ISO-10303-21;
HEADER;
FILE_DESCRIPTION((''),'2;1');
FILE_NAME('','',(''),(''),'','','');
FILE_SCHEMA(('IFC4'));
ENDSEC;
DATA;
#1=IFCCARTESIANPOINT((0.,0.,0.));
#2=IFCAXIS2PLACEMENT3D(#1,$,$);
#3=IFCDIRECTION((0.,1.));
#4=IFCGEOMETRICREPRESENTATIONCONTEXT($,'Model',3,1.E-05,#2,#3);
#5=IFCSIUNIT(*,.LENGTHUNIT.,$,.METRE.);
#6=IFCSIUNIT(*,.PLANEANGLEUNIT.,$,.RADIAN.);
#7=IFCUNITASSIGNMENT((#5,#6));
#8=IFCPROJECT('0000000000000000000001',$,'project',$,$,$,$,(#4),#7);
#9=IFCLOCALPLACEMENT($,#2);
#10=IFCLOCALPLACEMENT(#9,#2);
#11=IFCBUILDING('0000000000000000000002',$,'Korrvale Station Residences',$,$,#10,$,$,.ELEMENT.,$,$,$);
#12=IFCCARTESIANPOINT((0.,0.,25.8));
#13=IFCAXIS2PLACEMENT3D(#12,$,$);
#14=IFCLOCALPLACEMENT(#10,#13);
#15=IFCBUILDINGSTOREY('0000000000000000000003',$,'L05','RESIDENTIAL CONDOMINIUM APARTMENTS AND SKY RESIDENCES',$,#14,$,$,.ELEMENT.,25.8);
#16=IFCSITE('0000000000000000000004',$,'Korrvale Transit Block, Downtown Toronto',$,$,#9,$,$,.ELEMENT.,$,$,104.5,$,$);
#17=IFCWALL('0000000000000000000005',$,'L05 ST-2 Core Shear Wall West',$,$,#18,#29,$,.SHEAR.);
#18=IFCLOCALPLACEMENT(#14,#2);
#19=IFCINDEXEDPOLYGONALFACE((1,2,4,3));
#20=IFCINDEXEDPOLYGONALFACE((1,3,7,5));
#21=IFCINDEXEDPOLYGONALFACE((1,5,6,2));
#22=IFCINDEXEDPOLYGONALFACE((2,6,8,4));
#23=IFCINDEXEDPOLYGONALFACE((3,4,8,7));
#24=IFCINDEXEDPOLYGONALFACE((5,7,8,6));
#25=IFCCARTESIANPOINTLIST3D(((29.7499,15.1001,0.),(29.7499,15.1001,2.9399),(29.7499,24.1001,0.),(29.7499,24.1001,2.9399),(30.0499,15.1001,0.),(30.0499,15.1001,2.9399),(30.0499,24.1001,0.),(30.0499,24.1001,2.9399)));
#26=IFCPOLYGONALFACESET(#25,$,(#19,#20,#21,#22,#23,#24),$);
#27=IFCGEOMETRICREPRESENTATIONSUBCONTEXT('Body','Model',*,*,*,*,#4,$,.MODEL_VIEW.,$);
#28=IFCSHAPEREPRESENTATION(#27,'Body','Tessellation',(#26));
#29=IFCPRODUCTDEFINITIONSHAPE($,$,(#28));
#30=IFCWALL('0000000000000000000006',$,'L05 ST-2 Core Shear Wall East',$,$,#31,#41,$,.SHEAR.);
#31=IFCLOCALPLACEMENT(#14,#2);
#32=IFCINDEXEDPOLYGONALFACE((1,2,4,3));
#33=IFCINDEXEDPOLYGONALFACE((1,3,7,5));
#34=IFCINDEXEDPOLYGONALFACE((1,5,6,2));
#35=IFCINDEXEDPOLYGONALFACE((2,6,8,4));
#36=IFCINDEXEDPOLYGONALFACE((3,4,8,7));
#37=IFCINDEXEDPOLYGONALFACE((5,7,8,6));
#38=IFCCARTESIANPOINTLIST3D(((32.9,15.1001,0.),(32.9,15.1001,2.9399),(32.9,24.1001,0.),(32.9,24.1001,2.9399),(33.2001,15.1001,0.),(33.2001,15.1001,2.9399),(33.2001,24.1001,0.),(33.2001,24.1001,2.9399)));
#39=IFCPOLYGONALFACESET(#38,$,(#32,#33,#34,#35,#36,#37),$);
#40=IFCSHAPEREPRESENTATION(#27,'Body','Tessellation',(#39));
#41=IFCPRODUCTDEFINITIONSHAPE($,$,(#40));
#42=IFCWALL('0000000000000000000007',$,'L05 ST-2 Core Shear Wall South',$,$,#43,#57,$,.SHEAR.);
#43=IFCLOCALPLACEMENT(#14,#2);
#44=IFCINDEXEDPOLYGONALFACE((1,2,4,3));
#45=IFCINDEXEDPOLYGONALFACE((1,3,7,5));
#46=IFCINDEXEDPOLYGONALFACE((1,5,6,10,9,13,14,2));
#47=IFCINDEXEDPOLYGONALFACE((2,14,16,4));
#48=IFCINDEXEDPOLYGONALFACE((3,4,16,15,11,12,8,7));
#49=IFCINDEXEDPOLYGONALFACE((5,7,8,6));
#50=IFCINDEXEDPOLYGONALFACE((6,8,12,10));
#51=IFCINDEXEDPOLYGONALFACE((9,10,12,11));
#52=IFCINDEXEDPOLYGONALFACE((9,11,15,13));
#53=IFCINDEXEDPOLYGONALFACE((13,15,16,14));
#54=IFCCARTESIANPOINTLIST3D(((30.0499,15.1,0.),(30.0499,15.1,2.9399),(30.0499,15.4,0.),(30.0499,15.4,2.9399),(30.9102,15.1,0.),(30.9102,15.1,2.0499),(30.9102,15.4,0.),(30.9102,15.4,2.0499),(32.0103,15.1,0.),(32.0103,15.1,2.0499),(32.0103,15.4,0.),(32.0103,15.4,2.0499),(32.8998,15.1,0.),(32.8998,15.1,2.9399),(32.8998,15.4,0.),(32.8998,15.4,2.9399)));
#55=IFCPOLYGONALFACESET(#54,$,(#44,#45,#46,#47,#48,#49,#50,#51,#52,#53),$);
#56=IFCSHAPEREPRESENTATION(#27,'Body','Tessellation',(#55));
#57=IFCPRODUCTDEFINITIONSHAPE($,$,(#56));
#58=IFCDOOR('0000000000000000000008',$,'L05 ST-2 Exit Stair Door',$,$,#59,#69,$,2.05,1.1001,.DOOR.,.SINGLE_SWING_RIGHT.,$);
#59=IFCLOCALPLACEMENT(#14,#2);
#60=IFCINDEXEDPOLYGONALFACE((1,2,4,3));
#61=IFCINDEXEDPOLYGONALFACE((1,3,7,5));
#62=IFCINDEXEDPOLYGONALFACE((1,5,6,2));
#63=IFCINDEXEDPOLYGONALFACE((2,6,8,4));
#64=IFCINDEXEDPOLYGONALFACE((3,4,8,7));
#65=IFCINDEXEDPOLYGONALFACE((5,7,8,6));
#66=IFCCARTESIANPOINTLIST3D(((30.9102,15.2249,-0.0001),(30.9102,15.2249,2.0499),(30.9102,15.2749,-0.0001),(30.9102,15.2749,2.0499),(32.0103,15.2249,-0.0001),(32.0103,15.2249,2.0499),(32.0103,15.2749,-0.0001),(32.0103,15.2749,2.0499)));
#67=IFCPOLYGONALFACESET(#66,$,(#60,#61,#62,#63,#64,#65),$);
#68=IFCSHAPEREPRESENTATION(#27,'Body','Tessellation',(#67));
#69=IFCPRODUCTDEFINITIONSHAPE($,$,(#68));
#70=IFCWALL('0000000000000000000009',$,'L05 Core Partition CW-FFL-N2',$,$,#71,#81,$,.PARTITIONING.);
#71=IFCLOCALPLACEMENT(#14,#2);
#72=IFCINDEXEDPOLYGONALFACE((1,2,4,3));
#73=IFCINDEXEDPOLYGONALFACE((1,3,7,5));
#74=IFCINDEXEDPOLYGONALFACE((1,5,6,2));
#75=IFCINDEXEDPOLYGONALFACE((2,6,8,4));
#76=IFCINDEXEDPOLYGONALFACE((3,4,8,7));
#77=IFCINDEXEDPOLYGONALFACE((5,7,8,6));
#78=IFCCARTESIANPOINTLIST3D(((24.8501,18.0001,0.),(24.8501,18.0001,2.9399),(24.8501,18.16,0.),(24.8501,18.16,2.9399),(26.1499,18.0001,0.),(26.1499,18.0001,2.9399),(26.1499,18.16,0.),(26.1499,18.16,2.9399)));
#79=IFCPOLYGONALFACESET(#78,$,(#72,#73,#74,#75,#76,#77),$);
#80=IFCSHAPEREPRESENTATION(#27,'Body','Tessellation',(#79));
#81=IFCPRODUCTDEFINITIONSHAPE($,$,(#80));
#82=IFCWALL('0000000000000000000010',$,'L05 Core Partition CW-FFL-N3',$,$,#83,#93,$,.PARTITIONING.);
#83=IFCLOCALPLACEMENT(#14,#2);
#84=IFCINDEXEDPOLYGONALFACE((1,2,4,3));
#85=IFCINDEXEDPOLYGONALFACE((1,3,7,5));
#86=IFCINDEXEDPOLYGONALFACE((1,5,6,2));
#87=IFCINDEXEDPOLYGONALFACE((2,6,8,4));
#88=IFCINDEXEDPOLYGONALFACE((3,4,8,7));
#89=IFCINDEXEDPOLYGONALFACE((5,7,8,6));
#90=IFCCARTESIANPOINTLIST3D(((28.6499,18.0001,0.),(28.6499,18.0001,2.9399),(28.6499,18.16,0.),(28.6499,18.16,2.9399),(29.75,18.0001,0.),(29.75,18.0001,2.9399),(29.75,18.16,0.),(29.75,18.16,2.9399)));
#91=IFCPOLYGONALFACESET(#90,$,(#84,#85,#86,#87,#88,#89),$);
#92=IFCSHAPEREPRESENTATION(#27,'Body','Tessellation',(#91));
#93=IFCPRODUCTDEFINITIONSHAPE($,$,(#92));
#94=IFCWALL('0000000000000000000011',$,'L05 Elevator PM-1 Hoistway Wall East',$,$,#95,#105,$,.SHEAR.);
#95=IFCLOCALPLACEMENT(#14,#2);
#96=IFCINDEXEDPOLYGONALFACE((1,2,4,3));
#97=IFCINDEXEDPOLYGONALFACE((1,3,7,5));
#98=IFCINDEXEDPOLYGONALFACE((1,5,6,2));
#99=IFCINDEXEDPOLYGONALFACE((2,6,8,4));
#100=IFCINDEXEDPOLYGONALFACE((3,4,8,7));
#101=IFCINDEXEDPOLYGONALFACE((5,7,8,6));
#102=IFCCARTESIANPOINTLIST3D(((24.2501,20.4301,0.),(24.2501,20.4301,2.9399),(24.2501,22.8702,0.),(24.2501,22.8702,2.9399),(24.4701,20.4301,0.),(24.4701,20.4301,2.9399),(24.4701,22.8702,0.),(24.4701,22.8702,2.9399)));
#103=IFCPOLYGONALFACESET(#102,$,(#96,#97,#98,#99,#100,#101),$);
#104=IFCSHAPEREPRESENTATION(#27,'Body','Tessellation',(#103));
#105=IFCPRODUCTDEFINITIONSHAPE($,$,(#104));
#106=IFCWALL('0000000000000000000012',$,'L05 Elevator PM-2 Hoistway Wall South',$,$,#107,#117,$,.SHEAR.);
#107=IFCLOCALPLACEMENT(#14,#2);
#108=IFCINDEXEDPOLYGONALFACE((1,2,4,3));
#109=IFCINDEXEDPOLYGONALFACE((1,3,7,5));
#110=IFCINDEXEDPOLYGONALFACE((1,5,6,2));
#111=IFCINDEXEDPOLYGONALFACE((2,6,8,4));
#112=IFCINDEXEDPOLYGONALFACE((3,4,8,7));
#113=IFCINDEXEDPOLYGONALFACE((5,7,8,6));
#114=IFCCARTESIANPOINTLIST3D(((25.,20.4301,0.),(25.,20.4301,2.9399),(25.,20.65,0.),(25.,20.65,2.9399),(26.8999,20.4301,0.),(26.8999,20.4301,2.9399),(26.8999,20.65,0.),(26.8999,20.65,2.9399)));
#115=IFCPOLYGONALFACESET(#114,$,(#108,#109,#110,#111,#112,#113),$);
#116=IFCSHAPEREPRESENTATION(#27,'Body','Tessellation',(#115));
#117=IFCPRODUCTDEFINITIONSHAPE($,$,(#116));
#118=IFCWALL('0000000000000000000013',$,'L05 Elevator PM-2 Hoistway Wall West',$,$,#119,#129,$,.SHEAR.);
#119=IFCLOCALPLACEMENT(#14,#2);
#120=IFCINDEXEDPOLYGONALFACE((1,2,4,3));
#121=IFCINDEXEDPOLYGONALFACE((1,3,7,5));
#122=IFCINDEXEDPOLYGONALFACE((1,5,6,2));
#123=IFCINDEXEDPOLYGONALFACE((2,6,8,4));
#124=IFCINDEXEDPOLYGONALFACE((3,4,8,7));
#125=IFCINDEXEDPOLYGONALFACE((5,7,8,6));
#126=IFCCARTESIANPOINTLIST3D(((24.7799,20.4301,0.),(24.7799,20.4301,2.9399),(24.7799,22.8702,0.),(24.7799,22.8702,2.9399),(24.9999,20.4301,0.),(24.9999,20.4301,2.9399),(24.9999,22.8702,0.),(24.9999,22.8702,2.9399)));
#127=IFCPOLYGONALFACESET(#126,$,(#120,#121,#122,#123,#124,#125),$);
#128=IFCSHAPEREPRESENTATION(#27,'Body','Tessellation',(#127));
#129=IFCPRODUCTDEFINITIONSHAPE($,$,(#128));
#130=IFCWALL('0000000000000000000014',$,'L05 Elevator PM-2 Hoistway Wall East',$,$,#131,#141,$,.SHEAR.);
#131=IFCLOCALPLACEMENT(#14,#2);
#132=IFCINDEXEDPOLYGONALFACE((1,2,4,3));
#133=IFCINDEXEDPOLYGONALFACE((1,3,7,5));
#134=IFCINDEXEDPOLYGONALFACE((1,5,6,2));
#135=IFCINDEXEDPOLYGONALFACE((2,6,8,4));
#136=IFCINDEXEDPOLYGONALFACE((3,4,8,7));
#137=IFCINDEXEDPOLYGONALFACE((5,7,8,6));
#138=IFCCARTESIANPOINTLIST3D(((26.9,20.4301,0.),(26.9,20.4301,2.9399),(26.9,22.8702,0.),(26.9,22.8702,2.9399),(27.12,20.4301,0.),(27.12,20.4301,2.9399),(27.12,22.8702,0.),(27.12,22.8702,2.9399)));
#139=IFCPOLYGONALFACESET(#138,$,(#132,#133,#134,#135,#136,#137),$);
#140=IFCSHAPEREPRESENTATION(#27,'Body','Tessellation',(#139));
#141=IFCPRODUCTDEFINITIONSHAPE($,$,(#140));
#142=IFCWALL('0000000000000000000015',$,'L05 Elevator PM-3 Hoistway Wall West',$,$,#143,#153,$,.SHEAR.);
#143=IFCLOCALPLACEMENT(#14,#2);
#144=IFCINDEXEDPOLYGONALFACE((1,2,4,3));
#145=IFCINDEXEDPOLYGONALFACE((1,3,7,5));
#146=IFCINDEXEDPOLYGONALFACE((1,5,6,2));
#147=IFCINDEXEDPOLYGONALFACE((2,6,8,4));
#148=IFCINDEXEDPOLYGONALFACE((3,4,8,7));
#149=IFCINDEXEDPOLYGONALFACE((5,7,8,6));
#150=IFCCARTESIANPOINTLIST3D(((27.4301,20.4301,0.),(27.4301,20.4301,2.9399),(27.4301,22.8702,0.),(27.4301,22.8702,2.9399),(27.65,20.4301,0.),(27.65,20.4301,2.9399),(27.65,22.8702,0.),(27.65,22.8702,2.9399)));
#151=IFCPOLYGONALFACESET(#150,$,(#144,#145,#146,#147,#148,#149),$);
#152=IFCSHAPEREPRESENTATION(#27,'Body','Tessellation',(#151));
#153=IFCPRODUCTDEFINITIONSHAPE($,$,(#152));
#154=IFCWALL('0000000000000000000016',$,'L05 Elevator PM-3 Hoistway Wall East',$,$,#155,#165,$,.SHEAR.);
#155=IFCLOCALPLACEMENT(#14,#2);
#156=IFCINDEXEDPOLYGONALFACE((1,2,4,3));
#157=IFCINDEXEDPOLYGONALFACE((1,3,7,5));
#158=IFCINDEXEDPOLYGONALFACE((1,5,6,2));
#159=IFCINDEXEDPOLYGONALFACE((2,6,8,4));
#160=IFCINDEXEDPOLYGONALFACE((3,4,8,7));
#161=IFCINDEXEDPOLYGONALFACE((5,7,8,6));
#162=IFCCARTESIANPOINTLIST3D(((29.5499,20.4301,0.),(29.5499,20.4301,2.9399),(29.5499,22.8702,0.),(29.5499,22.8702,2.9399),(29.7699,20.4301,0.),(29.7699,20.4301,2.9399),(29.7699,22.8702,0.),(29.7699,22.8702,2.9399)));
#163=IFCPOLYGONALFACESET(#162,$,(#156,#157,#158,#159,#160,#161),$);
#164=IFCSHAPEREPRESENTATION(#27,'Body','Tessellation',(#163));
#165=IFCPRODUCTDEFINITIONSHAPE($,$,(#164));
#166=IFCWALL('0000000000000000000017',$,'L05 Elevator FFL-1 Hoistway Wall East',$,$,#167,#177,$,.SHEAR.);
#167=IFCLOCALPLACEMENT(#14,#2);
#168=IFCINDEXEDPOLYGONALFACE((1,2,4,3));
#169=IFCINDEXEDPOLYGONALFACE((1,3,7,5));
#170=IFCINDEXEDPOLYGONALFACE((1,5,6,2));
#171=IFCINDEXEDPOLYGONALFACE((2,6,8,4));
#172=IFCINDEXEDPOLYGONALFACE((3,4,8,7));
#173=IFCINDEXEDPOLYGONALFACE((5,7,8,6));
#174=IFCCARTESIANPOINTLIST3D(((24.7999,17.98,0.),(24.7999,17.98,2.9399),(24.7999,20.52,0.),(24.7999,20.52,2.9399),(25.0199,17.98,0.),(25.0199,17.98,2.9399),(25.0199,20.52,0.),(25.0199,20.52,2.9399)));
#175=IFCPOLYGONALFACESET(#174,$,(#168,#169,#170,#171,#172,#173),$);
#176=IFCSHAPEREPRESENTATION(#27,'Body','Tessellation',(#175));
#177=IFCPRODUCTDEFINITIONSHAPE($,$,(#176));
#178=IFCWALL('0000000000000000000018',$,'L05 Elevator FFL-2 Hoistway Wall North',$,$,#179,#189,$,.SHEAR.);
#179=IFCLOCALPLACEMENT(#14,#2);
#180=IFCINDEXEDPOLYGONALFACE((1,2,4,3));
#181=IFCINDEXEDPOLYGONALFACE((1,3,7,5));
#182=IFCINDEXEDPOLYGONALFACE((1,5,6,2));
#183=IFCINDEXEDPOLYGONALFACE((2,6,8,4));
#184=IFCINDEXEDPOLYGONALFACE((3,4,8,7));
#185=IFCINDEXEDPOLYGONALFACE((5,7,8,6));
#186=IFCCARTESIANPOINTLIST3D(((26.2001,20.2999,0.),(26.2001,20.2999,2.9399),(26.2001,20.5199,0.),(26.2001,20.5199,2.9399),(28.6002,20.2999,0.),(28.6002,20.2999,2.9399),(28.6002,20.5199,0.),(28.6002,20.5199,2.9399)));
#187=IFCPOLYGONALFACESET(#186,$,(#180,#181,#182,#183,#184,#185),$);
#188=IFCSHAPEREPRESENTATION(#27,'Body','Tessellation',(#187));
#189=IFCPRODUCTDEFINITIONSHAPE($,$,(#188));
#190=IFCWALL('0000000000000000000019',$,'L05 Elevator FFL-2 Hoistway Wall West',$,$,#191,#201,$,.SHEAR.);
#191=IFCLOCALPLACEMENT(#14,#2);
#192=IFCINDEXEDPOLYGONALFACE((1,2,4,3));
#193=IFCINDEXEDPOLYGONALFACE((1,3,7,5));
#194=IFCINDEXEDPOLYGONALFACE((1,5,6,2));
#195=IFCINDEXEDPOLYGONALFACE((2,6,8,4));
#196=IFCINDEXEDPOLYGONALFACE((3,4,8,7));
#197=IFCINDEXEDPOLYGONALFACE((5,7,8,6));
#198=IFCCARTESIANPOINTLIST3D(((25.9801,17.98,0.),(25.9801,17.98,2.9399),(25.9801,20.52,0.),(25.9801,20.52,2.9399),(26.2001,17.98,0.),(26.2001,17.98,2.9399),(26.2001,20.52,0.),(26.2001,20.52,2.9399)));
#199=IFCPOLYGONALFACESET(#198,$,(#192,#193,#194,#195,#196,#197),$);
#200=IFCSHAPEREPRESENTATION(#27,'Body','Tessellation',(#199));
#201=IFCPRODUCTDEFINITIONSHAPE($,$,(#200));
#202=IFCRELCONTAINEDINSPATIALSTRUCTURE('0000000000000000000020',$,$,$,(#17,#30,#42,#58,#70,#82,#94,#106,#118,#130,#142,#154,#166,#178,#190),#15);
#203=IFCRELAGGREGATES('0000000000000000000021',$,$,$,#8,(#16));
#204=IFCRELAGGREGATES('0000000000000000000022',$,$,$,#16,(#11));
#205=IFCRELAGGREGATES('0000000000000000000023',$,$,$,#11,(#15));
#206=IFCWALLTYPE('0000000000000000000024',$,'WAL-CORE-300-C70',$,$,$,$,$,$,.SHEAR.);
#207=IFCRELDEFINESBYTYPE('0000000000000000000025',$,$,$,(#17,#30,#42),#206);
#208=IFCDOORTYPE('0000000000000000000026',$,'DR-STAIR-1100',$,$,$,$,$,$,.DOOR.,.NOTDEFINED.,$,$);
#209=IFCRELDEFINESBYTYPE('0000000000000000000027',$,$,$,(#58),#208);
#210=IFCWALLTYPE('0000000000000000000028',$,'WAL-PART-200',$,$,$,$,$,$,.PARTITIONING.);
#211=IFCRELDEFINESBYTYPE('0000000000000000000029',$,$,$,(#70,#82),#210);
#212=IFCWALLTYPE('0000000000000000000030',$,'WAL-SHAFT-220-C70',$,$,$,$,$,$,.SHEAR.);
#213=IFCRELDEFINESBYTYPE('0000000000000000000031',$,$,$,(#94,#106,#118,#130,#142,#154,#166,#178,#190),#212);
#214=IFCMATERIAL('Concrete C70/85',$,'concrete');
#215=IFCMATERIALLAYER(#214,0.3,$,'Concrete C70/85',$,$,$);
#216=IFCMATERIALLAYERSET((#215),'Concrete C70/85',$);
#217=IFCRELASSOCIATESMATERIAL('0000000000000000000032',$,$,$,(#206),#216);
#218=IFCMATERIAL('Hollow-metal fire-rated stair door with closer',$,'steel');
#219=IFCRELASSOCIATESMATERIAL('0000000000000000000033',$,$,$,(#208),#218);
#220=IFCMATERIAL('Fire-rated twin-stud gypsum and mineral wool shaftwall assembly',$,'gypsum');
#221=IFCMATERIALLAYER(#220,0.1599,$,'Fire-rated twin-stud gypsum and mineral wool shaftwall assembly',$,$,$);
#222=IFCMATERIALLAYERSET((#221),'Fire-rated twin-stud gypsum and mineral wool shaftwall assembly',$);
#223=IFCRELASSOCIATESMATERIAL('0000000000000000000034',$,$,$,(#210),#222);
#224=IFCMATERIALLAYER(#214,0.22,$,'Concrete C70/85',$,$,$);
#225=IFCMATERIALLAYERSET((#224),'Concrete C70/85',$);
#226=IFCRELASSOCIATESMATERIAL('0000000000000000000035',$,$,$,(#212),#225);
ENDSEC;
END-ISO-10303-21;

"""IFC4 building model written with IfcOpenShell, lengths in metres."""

from ifc_helpers import new_model, si_unit, direction, frame, frame_2d, origin, place, context, subcontext, project, spatial, rectangle, extrude, material, layer, layer_set, type_object, element, fill, save


model = new_model("IFC4")

# Units and contexts
model_context = context("Model", 3, precision=1e-05, world=origin(), true_north=direction((0.0, 1.0)))
body_context = subcontext(model_context, "Body", "Model", "MODEL_VIEW")
ifc_project = project(units=[si_unit("LENGTHUNIT", "METRE"), si_unit("PLANEANGLEUNIT", "RADIAN")], contexts=[model_context])

# Site, building, storey
site_placement = place(None, origin())
site = spatial("IfcSite", under=ifc_project, at=site_placement, Name="Korrvale Transit Block, Downtown Toronto", CompositionType="ELEMENT", RefElevation=104.5)
building_placement = place(site_placement, origin())
building = spatial("IfcBuilding", under=site, at=building_placement, Name="Korrvale Station Residences", CompositionType="ELEMENT")
storey_placement = place(building_placement, frame((0.0, 0.0, 25.8)))
storey = spatial("IfcBuildingStorey", under=building, at=storey_placement, Name="L05", Description="RESIDENTIAL CONDOMINIUM APARTMENTS AND SKY RESIDENCES", CompositionType="ELEMENT", Elevation=25.8)

# Walls
ifc_material_1 = material(Name="Concrete C70/85", Category="concrete")
ifc_layer_1 = layer(ifc_material_1, 0.3, Name="Concrete C70/85")
ifc_layer_set_1 = layer_set([ifc_layer_1], Name="Concrete C70/85")
wall_type_1 = type_object("IfcWallType", Name="WAL-CORE-300-C70", PredefinedType="SHEAR", material=ifc_layer_set_1)
for number, where, z_axis, x_axis, name in (
    (1, (29.8999, 15.1001, 0.0), (0.0, 0.0, 1.0), (0.0, 1.0, 0.0), "L05 ST-2 Core Shear Wall West"),
    (2, (33.05, 15.1001, 0.0), (0.0, 0.0, 1.0), (0.0, 1.0, 0.0), "L05 ST-2 Core Shear Wall East"),
):
    element("IfcWall", number, at=place(storey_placement, frame(where, z_axis=z_axis, x_axis=x_axis)), inside=storey, type_object=wall_type_1, Name=name, PredefinedType="SHEAR", context=body_context, shape_type="SweptSolid", body=[
        extrude(rectangle(XDim=9.0, YDim=0.3, at=frame_2d((4.5, 0.0))), origin(), (0.0, 0.0, 1.0), 2.9399),
    ])

# Wall, opening, door
wall_1_placement = place(storey_placement, frame((30.05, 15.25, 0.0), z_axis=(0.0, 0.0, 1.0), x_axis=(1.0, 0.0, 0.0)))
wall_1 = element("IfcWall", 3, at=wall_1_placement, inside=storey, type_object=wall_type_1, Name="L05 ST-2 Core Shear Wall South", PredefinedType="SHEAR", context=body_context, shape_type="SweptSolid", body=[
    extrude(rectangle(XDim=2.8499, YDim=0.3, at=frame_2d((1.4248, 0.0))), origin(), (0.0, 0.0, 1.0), 2.9399),
])
opening_1_placement = place(wall_1_placement, frame((0.8601, 0.0, 0.0)))
opening_1 = element("IfcOpeningElement", 4, at=opening_1_placement, cuts=wall_1, PredefinedType="OPENING", context=body_context, shape_type="SweptSolid", body=[
    extrude(rectangle(XDim=1.1001, YDim=2.05, at=frame_2d((0.55, 1.0249))), frame((0.0, 0.1602, 0.0), z_axis=(0.0, -1.0, 0.0), x_axis=(1.0, 0.0, 0.0)), (0.0, 0.0, 1.0), 0.3201),
])
ifc_material_2 = material(Name="Hollow-metal fire-rated stair door with closer", Category="steel")
door_type_1 = type_object("IfcDoorType", Name="DR-STAIR-1100", OperationType="NOTDEFINED", PredefinedType="DOOR", material=ifc_material_2)
door_1_placement = place(opening_1_placement, origin())
door_1 = element("IfcDoor", 5, at=door_1_placement, inside=storey, type_object=door_type_1, Name="L05 ST-2 Exit Stair Door", OperationType="SINGLE_SWING_RIGHT", OverallHeight=2.05, OverallWidth=1.1001, PredefinedType="DOOR", context=body_context, shape_type="SweptSolid", body=[
    extrude(rectangle(XDim=1.1001, YDim=2.05, at=frame_2d((0.55, 1.0249))), frame((0.0, 0.0249, 0.0), z_axis=(0.0, -1.0, 0.0), x_axis=(1.0, 0.0, 0.0)), (0.0, 0.0, 1.0), 0.05),
])
fill(opening_1, door_1)

# Walls
ifc_material_3 = material(Name="Fire-rated twin-stud gypsum and mineral wool shaftwall assembly", Category="gypsum")
ifc_layer_2 = layer(ifc_material_3, 0.1599, Name="Fire-rated twin-stud gypsum and mineral wool shaftwall assembly")
ifc_layer_set_2 = layer_set([ifc_layer_2], Name="Fire-rated twin-stud gypsum and mineral wool shaftwall assembly")
wall_type_2 = type_object("IfcWallType", Name="WAL-PART-200", PredefinedType="PARTITIONING", material=ifc_layer_set_2)
wall_2_placement = place(storey_placement, frame((24.8501, 18.0801, 0.0), z_axis=(0.0, 0.0, 1.0), x_axis=(1.0, 0.0, 0.0)))
element("IfcWall", 6, at=wall_2_placement, inside=storey, type_object=wall_type_2, Name="L05 Core Partition CW-FFL-N2", PredefinedType="PARTITIONING", context=body_context, shape_type="SweptSolid", body=[
    extrude(rectangle(XDim=1.2998, YDim=0.1599, at=frame_2d((0.6499, 0.0))), origin(), (0.0, 0.0, 1.0), 2.9399),
])
wall_3_placement = place(storey_placement, frame((28.6499, 18.0801, 0.0), z_axis=(0.0, 0.0, 1.0), x_axis=(1.0, 0.0, 0.0)))
element("IfcWall", 7, at=wall_3_placement, inside=storey, type_object=wall_type_2, Name="L05 Core Partition CW-FFL-N3", PredefinedType="PARTITIONING", context=body_context, shape_type="SweptSolid", body=[
    extrude(rectangle(XDim=1.1001, YDim=0.1599, at=frame_2d((0.55, 0.0))), origin(), (0.0, 0.0, 1.0), 2.9399),
])
ifc_layer_3 = layer(ifc_material_1, 0.22, Name="Concrete C70/85")
ifc_layer_set_3 = layer_set([ifc_layer_3], Name="Concrete C70/85")
wall_type_3 = type_object("IfcWallType", Name="WAL-SHAFT-220-C70", PredefinedType="SHEAR", material=ifc_layer_set_3)
wall_4_placement = place(storey_placement, frame((24.3601, 20.4299, 0.0), z_axis=(0.0, 0.0, 1.0), x_axis=(0.0, 1.0, 0.0)))
element("IfcWall", 8, at=wall_4_placement, inside=storey, type_object=wall_type_3, Name="L05 Elevator PM-1 Hoistway Wall East", PredefinedType="SHEAR", context=body_context, shape_type="SweptSolid", body=[
    extrude(rectangle(XDim=2.4402, YDim=0.22, at=frame_2d((1.2202, 0.0))), origin(), (0.0, 0.0, 1.0), 2.9399),
])
wall_5_placement = place(storey_placement, frame((25.0, 20.54, 0.0), z_axis=(0.0, 0.0, 1.0), x_axis=(1.0, 0.0, 0.0)))
element("IfcWall", 9, at=wall_5_placement, inside=storey, type_object=wall_type_3, Name="L05 Elevator PM-2 Hoistway Wall South", PredefinedType="SHEAR", context=body_context, shape_type="SweptSolid", body=[
    extrude(rectangle(XDim=1.8999, YDim=0.22, at=frame_2d((0.95, 0.0))), origin(), (0.0, 0.0, 1.0), 2.9399),
])
for number, where, z_axis, x_axis, name in (
    (10, (24.8899, 20.4299, 0.0), (0.0, 0.0, 1.0), (0.0, 1.0, 0.0), "L05 Elevator PM-2 Hoistway Wall West"),
    (11, (27.01, 20.4299, 0.0), (0.0, 0.0, 1.0), (0.0, 1.0, 0.0), "L05 Elevator PM-2 Hoistway Wall East"),
    (12, (27.54, 20.4299, 0.0), (0.0, 0.0, 1.0), (0.0, 1.0, 0.0), "L05 Elevator PM-3 Hoistway Wall West"),
    (13, (29.6599, 20.4299, 0.0), (0.0, 0.0, 1.0), (0.0, 1.0, 0.0), "L05 Elevator PM-3 Hoistway Wall East"),
):
    element("IfcWall", number, at=place(storey_placement, frame(where, z_axis=z_axis, x_axis=x_axis)), inside=storey, type_object=wall_type_3, Name=name, PredefinedType="SHEAR", context=body_context, shape_type="SweptSolid", body=[
        extrude(rectangle(XDim=2.4402, YDim=0.22, at=frame_2d((1.2202, 0.0))), origin(), (0.0, 0.0, 1.0), 2.9399),
    ])
wall_6_placement = place(storey_placement, frame((24.9099, 17.98, 0.0), z_axis=(0.0, 0.0, 1.0), x_axis=(0.0, 1.0, 0.0)))
element("IfcWall", 14, at=wall_6_placement, inside=storey, type_object=wall_type_3, Name="L05 Elevator FFL-1 Hoistway Wall East", PredefinedType="SHEAR", context=body_context, shape_type="SweptSolid", body=[
    extrude(rectangle(XDim=2.54, YDim=0.22, at=frame_2d((1.27, 0.0))), origin(), (0.0, 0.0, 1.0), 2.9399),
])

# Walls
wall_7_placement = place(storey_placement, frame((26.2, 20.4099, 0.0), z_axis=(0.0, 0.0, 1.0), x_axis=(1.0, 0.0, 0.0)))
element("IfcWall", 15, at=wall_7_placement, inside=storey, type_object=wall_type_3, Name="L05 Elevator FFL-2 Hoistway Wall North", PredefinedType="SHEAR", context=body_context, shape_type="SweptSolid", body=[
    extrude(rectangle(XDim=2.4001, YDim=0.22, at=frame_2d((1.2002, 0.0))), origin(), (0.0, 0.0, 1.0), 2.9399),
])
for number, where, z_axis, x_axis, name in (
    (16, (26.0901, 17.98, 0.0), (0.0, 0.0, 1.0), (0.0, 1.0, 0.0), "L05 Elevator FFL-2 Hoistway Wall West"),
):
    element("IfcWall", number, at=place(storey_placement, frame(where, z_axis=z_axis, x_axis=x_axis)), inside=storey, type_object=wall_type_3, Name=name, PredefinedType="SHEAR", context=body_context, shape_type="SweptSolid", body=[
        extrude(rectangle(XDim=2.54, YDim=0.22, at=frame_2d((1.27, 0.0))), origin(), (0.0, 0.0, 1.0), 2.9399),
    ])

save(model, "model.ifc")
